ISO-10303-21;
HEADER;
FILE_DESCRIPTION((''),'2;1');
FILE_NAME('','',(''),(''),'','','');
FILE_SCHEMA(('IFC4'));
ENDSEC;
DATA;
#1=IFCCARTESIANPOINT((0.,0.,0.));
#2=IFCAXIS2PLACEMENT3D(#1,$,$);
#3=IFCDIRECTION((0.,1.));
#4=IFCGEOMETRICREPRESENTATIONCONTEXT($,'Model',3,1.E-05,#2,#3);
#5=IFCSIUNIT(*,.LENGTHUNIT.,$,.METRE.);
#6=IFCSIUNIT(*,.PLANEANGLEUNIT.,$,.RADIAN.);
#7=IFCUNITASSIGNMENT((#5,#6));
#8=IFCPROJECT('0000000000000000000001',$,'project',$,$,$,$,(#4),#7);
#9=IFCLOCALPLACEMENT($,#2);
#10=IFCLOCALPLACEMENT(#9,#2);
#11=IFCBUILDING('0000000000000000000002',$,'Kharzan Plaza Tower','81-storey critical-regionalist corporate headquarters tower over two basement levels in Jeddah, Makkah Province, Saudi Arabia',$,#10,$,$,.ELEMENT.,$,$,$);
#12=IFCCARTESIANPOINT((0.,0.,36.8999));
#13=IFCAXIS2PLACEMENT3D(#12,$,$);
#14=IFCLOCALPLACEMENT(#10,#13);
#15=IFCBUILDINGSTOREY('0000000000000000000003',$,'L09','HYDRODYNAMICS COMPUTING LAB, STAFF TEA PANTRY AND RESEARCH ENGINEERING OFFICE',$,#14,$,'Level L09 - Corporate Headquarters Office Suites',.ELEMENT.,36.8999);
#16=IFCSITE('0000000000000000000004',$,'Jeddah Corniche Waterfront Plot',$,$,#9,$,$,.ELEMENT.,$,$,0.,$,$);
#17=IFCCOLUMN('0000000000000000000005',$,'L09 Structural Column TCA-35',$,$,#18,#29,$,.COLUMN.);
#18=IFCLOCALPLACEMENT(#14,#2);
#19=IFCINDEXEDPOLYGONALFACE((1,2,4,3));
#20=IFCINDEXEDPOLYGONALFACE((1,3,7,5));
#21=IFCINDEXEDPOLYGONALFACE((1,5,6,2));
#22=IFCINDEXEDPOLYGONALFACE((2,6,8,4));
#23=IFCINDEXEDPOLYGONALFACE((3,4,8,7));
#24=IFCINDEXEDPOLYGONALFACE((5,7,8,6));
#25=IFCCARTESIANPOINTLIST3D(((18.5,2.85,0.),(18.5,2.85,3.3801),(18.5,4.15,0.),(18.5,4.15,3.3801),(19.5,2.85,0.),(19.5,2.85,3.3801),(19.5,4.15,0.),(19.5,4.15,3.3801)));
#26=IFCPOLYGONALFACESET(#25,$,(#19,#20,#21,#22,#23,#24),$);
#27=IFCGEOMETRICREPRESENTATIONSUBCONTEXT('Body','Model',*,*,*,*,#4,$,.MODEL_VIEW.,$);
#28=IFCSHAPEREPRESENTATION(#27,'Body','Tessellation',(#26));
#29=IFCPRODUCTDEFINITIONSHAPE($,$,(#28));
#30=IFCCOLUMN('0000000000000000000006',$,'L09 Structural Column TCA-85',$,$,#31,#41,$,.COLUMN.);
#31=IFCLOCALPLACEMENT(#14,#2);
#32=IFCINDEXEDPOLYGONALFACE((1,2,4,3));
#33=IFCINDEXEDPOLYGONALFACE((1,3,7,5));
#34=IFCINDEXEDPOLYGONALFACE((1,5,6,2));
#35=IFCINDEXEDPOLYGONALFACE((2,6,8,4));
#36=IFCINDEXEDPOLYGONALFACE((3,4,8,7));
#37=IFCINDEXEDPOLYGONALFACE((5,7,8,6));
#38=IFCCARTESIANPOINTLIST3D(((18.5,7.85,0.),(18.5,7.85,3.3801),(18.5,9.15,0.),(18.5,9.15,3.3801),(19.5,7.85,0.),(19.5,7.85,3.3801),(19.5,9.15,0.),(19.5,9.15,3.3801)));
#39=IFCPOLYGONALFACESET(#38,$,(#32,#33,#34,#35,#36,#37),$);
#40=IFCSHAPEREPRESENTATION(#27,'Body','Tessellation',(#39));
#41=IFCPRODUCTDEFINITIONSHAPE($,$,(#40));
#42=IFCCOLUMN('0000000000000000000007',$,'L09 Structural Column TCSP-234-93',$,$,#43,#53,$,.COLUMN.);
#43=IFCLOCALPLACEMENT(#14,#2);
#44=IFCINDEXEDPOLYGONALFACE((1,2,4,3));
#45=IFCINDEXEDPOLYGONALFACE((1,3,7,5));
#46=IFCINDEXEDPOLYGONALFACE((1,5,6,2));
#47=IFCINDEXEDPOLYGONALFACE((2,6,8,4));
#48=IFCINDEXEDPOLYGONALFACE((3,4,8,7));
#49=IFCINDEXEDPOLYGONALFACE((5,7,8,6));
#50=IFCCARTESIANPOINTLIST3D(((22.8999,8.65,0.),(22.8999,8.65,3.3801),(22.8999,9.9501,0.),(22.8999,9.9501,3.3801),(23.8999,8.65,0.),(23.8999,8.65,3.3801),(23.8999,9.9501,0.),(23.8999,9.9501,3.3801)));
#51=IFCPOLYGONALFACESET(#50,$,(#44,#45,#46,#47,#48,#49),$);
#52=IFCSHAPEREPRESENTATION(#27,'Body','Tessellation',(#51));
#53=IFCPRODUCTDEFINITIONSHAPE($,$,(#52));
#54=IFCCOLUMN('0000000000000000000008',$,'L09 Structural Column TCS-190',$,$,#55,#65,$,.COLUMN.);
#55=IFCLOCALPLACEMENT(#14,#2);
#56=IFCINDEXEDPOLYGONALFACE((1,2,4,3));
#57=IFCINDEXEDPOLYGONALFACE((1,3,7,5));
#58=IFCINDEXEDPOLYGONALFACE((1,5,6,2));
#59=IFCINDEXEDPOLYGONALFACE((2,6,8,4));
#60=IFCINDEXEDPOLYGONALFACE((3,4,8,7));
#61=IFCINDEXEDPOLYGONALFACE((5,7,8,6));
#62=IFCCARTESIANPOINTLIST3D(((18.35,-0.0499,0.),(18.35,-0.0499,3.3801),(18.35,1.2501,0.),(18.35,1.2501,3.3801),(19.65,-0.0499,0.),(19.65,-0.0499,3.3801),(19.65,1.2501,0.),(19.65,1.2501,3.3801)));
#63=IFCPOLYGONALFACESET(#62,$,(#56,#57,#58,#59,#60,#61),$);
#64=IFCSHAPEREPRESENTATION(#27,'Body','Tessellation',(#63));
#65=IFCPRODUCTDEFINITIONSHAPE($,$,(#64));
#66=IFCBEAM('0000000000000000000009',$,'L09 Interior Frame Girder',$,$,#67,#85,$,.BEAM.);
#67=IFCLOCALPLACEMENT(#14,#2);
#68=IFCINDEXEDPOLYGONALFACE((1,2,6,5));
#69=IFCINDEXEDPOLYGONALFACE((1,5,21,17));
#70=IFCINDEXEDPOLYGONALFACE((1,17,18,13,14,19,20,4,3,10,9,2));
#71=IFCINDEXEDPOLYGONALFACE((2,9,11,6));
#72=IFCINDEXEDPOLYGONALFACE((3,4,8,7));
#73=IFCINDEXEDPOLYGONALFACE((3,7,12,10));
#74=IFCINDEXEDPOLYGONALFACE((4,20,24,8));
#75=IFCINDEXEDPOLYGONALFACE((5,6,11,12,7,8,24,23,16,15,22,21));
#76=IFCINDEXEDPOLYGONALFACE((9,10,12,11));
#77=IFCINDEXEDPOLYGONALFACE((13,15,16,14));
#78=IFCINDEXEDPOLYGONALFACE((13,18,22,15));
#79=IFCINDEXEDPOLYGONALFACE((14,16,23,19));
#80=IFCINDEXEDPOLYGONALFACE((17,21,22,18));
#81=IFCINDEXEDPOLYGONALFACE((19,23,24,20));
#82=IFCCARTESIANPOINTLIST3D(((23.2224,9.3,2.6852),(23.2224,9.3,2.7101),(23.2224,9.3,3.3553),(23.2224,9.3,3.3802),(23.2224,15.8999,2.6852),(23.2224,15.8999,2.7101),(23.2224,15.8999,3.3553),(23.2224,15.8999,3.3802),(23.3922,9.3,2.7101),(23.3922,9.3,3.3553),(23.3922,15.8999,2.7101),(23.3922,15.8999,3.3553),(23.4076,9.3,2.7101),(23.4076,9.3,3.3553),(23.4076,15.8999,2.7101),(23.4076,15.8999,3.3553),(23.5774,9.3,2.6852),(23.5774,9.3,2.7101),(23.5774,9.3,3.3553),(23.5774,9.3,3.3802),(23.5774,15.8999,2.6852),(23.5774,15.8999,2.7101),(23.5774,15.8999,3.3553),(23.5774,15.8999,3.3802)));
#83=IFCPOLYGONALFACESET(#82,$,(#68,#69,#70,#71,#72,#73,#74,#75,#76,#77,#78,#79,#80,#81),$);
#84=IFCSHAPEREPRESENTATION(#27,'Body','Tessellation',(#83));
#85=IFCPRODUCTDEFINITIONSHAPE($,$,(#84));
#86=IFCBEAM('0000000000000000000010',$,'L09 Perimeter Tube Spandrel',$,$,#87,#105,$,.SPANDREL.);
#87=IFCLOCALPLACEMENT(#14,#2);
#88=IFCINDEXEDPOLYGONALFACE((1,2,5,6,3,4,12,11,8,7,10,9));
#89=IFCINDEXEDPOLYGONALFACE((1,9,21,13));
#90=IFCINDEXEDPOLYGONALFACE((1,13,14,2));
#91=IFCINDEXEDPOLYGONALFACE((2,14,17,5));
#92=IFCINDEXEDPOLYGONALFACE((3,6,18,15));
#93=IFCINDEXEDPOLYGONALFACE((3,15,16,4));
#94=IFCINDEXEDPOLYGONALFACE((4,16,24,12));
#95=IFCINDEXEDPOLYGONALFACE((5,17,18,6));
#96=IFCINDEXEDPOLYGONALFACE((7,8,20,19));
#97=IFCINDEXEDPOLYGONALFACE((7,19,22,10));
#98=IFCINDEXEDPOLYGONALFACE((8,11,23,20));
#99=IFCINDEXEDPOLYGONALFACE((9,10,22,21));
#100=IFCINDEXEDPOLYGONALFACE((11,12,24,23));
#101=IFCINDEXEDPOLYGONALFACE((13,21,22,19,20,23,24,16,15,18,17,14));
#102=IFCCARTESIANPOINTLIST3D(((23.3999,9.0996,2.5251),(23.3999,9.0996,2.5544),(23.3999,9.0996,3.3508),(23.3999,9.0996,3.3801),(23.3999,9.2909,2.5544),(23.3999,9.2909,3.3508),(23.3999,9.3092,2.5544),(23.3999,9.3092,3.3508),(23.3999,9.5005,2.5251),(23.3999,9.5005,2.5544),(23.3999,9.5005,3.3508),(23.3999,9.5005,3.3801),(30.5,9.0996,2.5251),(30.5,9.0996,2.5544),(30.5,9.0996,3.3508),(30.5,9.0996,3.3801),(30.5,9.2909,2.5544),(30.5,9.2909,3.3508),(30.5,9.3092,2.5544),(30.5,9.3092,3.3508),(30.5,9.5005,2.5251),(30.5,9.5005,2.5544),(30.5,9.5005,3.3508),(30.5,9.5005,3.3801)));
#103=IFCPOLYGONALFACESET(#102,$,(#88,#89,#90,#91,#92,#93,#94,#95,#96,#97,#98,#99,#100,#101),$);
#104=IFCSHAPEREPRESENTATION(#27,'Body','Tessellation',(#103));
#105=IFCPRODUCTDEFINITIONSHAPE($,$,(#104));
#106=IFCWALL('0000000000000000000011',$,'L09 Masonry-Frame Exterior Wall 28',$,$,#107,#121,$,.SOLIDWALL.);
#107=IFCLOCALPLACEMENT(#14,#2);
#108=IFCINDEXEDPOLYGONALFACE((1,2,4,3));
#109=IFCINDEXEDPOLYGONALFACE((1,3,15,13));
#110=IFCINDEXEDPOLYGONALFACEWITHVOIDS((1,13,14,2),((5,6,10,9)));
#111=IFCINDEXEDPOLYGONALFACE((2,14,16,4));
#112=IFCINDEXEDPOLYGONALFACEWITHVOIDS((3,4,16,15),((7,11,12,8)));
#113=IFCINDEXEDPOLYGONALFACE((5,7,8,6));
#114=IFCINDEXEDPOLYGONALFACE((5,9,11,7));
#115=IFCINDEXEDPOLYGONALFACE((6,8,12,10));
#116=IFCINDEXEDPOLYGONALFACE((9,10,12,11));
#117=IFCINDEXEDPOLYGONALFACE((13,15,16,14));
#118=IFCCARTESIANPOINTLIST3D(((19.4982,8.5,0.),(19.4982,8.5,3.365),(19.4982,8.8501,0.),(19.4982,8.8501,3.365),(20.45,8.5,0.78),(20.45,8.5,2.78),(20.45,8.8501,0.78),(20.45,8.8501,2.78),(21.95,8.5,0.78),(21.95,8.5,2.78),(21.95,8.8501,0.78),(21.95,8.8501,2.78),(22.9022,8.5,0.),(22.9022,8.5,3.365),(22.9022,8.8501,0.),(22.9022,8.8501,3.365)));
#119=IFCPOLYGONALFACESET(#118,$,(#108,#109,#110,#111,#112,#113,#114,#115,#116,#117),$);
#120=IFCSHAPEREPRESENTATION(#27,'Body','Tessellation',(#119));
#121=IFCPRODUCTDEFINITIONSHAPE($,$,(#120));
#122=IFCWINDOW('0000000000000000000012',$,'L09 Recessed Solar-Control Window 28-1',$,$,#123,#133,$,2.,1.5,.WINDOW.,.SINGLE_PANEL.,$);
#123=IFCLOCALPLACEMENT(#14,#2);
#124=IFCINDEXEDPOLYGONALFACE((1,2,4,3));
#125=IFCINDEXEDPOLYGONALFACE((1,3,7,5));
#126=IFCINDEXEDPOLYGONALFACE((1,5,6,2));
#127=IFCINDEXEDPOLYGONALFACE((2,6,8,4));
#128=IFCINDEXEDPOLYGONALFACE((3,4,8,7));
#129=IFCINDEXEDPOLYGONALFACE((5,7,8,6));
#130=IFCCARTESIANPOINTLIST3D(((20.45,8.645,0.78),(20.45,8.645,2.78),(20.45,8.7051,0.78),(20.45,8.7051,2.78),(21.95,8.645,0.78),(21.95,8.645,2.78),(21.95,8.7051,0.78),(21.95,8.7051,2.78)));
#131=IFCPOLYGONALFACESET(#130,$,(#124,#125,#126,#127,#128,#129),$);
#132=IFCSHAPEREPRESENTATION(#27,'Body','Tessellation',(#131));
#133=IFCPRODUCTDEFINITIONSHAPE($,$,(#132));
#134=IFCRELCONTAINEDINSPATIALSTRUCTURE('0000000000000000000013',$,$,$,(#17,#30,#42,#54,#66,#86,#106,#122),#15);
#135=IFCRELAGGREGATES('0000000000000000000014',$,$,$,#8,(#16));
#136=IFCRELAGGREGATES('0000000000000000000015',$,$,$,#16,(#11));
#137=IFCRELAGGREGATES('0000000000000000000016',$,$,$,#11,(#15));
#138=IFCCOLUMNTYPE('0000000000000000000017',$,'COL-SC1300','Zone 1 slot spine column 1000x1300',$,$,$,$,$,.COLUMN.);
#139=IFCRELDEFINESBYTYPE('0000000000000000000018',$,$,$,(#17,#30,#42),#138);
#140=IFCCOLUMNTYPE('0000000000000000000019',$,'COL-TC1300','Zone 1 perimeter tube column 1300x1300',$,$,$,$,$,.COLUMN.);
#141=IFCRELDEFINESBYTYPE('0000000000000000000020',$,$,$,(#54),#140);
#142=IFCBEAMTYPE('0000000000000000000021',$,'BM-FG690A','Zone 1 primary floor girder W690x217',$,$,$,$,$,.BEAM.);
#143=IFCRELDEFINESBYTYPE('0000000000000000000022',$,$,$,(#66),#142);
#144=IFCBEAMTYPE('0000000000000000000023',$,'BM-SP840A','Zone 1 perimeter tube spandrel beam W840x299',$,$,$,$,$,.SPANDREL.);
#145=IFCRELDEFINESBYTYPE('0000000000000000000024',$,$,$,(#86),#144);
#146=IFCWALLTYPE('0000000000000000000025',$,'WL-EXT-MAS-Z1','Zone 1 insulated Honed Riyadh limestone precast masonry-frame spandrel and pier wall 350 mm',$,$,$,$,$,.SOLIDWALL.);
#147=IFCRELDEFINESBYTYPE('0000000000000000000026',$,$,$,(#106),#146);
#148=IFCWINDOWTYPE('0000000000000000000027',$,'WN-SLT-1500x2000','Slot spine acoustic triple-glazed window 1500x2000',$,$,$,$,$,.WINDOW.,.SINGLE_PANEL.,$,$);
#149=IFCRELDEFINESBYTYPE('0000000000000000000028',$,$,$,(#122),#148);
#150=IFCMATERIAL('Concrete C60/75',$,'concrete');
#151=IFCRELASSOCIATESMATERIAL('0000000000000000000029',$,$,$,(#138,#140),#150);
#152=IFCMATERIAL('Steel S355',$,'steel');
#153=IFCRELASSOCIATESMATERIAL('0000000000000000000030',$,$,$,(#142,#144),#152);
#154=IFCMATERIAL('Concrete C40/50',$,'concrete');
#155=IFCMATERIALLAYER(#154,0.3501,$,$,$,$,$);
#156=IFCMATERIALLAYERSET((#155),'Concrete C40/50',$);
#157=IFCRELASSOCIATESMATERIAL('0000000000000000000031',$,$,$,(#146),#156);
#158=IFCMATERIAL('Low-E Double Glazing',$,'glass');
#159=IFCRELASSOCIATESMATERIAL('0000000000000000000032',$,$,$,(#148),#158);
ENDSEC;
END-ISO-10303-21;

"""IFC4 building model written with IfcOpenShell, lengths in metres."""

from ifc_helpers import new_model, si_unit, direction, frame, frame_2d, origin, origin_2d, place, context, subcontext, project, spatial, rectangle, i_section, extrude, source, transform, mapped, material, layer, layer_set, material_profile, profile_set, type_object, element, fill, save


model = new_model("IFC4")

# Units and contexts
model_context = context("Model", 3, precision=1e-05, world=origin(), true_north=direction((0.0, 1.0)))
body_context = subcontext(model_context, "Body", "Model", "MODEL_VIEW")
ifc_project = project(units=[si_unit("LENGTHUNIT", "METRE"), si_unit("PLANEANGLEUNIT", "RADIAN")], contexts=[model_context])

# Site, building, storey
site_placement = place(None, origin())
site = spatial("IfcSite", under=ifc_project, at=site_placement, Name="Jeddah Corniche Waterfront Plot", CompositionType="ELEMENT", RefElevation=0.0)
building_placement = place(site_placement, origin())
building = spatial("IfcBuilding", under=site, at=building_placement, Name="Kharzan Plaza Tower", Description="81-storey critical-regionalist corporate headquarters tower over two basement levels in Jeddah, Makkah Province, Saudi Arabia", CompositionType="ELEMENT")
storey_placement = place(building_placement, frame((0.0, 0.0, 36.8999)))
storey = spatial("IfcBuildingStorey", under=building, at=storey_placement, Name="L09", Description="HYDRODYNAMICS COMPUTING LAB, STAFF TEA PANTRY AND RESEARCH ENGINEERING OFFICE", LongName="Level L09 - Corporate Headquarters Office Suites", CompositionType="ELEMENT", Elevation=36.8999)

# Columns
ifc_material_1 = material(Name="Concrete C60/75", Category="concrete")
ifc_material_profile_1 = material_profile(ifc_material_1, rectangle(XDim=1.0, YDim=1.3, at=origin_2d()), Name="RC-SC1300x1000")
ifc_profile_set_1 = profile_set([ifc_material_profile_1], Name="Concrete C60/75")
column_type_1 = type_object("IfcColumnType", Name="COL-SC1300", Description="Zone 1 slot spine column 1000x1300", PredefinedType="COLUMN", material=ifc_profile_set_1)
shared_shape_1 = source(origin(), body_context, "Body", "SweptSolid", [
    extrude(rectangle(XDim=1.0, YDim=1.3, at=origin_2d()), origin(), (0.0, 0.0, 1.0), 3.3801),
])
for number, where, z_axis, x_axis, name in (
    (1, (19.0, 3.5, 0.0), (0.0, 0.0, 1.0), (1.0, 0.0, 0.0), "L09 Structural Column TCA-35"),
    (2, (19.0, 8.5, 0.0), (0.0, 0.0, 1.0), (1.0, 0.0, 0.0), "L09 Structural Column TCA-85"),
    (3, (23.3999, 9.3, 0.0), (0.0, 0.0, 1.0), (1.0, 0.0, 0.0), "L09 Structural Column TCSP-234-93"),
):
    element("IfcColumn", number, at=place(storey_placement, frame(where, z_axis=z_axis, x_axis=x_axis)), inside=storey, type_object=column_type_1, Name=name, PredefinedType="COLUMN", context=body_context, shape_type="MappedRepresentation", body=[
        mapped(shared_shape_1, transform((0.0, 0.0, 0.0), x_axis=(1.0, 0.0, 0.0), y_axis=(0.0, 1.0, 0.0), z_axis=(0.0, 0.0, 1.0))),
    ])
ifc_material_profile_2 = material_profile(ifc_material_1, rectangle(XDim=1.3, YDim=1.3, at=origin_2d()), Name="RC-TC1300x1300")
ifc_profile_set_2 = profile_set([ifc_material_profile_2], Name="Concrete C60/75")
column_type_2 = type_object("IfcColumnType", Name="COL-TC1300", Description="Zone 1 perimeter tube column 1300x1300", PredefinedType="COLUMN", material=ifc_profile_set_2)
shared_shape_2 = source(origin(), body_context, "Body", "SweptSolid", [
    extrude(rectangle(XDim=1.3, YDim=1.3, at=origin_2d()), origin(), (0.0, 0.0, 1.0), 3.3801),
])
column_placement = place(storey_placement, frame((19.0, 0.6001, 0.0), z_axis=(0.0, 0.0, 1.0), x_axis=(1.0, 0.0, 0.0)))
element("IfcColumn", 4, at=column_placement, inside=storey, type_object=column_type_2, Name="L09 Structural Column TCS-190", PredefinedType="COLUMN", context=body_context, shape_type="MappedRepresentation", body=[
    mapped(shared_shape_2, transform((0.0, 0.0, 0.0), x_axis=(1.0, 0.0, 0.0), y_axis=(0.0, 1.0, 0.0), z_axis=(0.0, 0.0, 1.0))),
])

# Beams
ifc_material_2 = material(Name="Steel S355", Category="steel")
ifc_material_profile_3 = material_profile(ifc_material_2, i_section(OverallWidth=0.355, OverallDepth=0.6951, WebThickness=0.0154, FlangeThickness=0.0249, at=origin_2d()), Name="W690x217")
ifc_profile_set_3 = profile_set([ifc_material_profile_3], Name="Steel S355")
beam_type_1 = type_object("IfcBeamType", Name="BM-FG690A", Description="Zone 1 primary floor girder W690x217", PredefinedType="BEAM", material=ifc_profile_set_3)
shared_shape_3 = source(origin(), body_context, "Body", "SweptSolid", [
    extrude(i_section(OverallWidth=0.355, OverallDepth=0.6951, WebThickness=0.0154, FlangeThickness=0.0249, at=origin_2d()), origin(), (0.0, 0.0, 1.0), 6.5999),
])
beam_1_placement = place(storey_placement, frame((23.3999, 9.3, 3.0327), z_axis=(0.0, 1.0, 0.0), x_axis=(-1.0, 0.0, 0.0)))
element("IfcBeam", 5, at=beam_1_placement, inside=storey, type_object=beam_type_1, Name="L09 Interior Frame Girder", PredefinedType="BEAM", context=body_context, shape_type="MappedRepresentation", body=[
    mapped(shared_shape_3, transform((0.0, 0.0, 0.0), x_axis=(1.0, 0.0, 0.0), y_axis=(0.0, 1.0, 0.0), z_axis=(0.0, 0.0, 1.0))),
])
ifc_material_profile_4 = material_profile(ifc_material_2, i_section(OverallWidth=0.4009, OverallDepth=0.855, WebThickness=0.0183, FlangeThickness=0.0293, at=origin_2d()), Name="W840x299")
ifc_profile_set_4 = profile_set([ifc_material_profile_4], Name="Steel S355")
beam_type_2 = type_object("IfcBeamType", Name="BM-SP840A", Description="Zone 1 perimeter tube spandrel beam W840x299", PredefinedType="SPANDREL", material=ifc_profile_set_4)
shared_shape_4 = source(origin(), body_context, "Body", "SweptSolid", [
    extrude(i_section(OverallWidth=0.4009, OverallDepth=0.855, WebThickness=0.0183, FlangeThickness=0.0293, at=origin_2d()), origin(), (0.0, 0.0, 1.0), 7.1001),
])
beam_2_placement = place(storey_placement, frame((23.3999, 9.3, 2.9526), z_axis=(1.0, 0.0, 0.0), x_axis=(0.0, 1.0, 0.0)))
element("IfcBeam", 6, at=beam_2_placement, inside=storey, type_object=beam_type_2, Name="L09 Perimeter Tube Spandrel", PredefinedType="SPANDREL", context=body_context, shape_type="MappedRepresentation", body=[
    mapped(shared_shape_4, transform((0.0, 0.0, 0.0), x_axis=(1.0, 0.0, 0.0), y_axis=(0.0, 1.0, 0.0), z_axis=(0.0, 0.0, 1.0))),
])

# Wall, opening, window
ifc_material_3 = material(Name="Concrete C40/50", Category="concrete")
ifc_layer_1 = layer(ifc_material_3, 0.3501)
ifc_layer_set_1 = layer_set([ifc_layer_1], Name="Concrete C40/50")
wall_type_1 = type_object("IfcWallType", Name="WL-EXT-MAS-Z1", Description="Zone 1 insulated Honed Riyadh limestone precast masonry-frame spandrel and pier wall 350 mm", PredefinedType="SOLIDWALL", material=ifc_layer_set_1)
wall_1_placement = place(storey_placement, frame((19.498, 8.675, 0.0), z_axis=(0.0, 0.0, 1.0), x_axis=(1.0, 0.0, 0.0)))
wall_1 = element("IfcWall", 7, at=wall_1_placement, inside=storey, type_object=wall_type_1, Name="L09 Masonry-Frame Exterior Wall 28", PredefinedType="SOLIDWALL", context=body_context, shape_type="SweptSolid", body=[
    extrude(rectangle(XDim=3.4041, YDim=0.3501, at=frame_2d((1.7021, 0.0))), origin(), (0.0, 0.0, 1.0), 3.365),
])
opening_1_placement = place(wall_1_placement, frame((0.9519, 0.0, 0.78)))
opening_1 = element("IfcOpeningElement", 8, at=opening_1_placement, cuts=wall_1, PredefinedType="OPENING", context=body_context, shape_type="SweptSolid", body=[
    extrude(rectangle(XDim=1.5, YDim=2.0, at=frame_2d((0.75, 1.0))), frame((0.0, 0.1851, 0.0), z_axis=(0.0, -1.0, 0.0), x_axis=(1.0, 0.0, 0.0)), (0.0, 0.0, 1.0), 0.3701),
])
ifc_material_4 = material(Name="Low-E Double Glazing", Category="glass")
window_type = type_object("IfcWindowType", Name="WN-SLT-1500x2000", Description="Slot spine acoustic triple-glazed window 1500x2000", PartitioningType="SINGLE_PANEL", PredefinedType="WINDOW", material=ifc_material_4)
shared_shape_5 = source(origin(), body_context, "Body", "SweptSolid", [
    extrude(rectangle(XDim=1.5, YDim=2.0, at=frame_2d((0.75, 1.0))), frame((0.0, 0.03, 0.0), z_axis=(0.0, -1.0, 0.0), x_axis=(1.0, 0.0, 0.0)), (0.0, 0.0, 1.0), 0.0601),
])
window_1_placement = place(opening_1_placement, origin())
window_1 = element("IfcWindow", 9, at=window_1_placement, inside=storey, type_object=window_type, Name="L09 Recessed Solar-Control Window 28-1", OverallHeight=2.0, OverallWidth=1.5, PartitioningType="SINGLE_PANEL", PredefinedType="WINDOW", context=body_context, shape_type="MappedRepresentation", body=[
    mapped(shared_shape_5, transform((0.0, 0.0, 0.0), x_axis=(1.0, 0.0, 0.0), y_axis=(0.0, 1.0, 0.0), z_axis=(0.0, 0.0, 1.0))),
])
fill(opening_1, window_1)

save(model, "model.ifc")
